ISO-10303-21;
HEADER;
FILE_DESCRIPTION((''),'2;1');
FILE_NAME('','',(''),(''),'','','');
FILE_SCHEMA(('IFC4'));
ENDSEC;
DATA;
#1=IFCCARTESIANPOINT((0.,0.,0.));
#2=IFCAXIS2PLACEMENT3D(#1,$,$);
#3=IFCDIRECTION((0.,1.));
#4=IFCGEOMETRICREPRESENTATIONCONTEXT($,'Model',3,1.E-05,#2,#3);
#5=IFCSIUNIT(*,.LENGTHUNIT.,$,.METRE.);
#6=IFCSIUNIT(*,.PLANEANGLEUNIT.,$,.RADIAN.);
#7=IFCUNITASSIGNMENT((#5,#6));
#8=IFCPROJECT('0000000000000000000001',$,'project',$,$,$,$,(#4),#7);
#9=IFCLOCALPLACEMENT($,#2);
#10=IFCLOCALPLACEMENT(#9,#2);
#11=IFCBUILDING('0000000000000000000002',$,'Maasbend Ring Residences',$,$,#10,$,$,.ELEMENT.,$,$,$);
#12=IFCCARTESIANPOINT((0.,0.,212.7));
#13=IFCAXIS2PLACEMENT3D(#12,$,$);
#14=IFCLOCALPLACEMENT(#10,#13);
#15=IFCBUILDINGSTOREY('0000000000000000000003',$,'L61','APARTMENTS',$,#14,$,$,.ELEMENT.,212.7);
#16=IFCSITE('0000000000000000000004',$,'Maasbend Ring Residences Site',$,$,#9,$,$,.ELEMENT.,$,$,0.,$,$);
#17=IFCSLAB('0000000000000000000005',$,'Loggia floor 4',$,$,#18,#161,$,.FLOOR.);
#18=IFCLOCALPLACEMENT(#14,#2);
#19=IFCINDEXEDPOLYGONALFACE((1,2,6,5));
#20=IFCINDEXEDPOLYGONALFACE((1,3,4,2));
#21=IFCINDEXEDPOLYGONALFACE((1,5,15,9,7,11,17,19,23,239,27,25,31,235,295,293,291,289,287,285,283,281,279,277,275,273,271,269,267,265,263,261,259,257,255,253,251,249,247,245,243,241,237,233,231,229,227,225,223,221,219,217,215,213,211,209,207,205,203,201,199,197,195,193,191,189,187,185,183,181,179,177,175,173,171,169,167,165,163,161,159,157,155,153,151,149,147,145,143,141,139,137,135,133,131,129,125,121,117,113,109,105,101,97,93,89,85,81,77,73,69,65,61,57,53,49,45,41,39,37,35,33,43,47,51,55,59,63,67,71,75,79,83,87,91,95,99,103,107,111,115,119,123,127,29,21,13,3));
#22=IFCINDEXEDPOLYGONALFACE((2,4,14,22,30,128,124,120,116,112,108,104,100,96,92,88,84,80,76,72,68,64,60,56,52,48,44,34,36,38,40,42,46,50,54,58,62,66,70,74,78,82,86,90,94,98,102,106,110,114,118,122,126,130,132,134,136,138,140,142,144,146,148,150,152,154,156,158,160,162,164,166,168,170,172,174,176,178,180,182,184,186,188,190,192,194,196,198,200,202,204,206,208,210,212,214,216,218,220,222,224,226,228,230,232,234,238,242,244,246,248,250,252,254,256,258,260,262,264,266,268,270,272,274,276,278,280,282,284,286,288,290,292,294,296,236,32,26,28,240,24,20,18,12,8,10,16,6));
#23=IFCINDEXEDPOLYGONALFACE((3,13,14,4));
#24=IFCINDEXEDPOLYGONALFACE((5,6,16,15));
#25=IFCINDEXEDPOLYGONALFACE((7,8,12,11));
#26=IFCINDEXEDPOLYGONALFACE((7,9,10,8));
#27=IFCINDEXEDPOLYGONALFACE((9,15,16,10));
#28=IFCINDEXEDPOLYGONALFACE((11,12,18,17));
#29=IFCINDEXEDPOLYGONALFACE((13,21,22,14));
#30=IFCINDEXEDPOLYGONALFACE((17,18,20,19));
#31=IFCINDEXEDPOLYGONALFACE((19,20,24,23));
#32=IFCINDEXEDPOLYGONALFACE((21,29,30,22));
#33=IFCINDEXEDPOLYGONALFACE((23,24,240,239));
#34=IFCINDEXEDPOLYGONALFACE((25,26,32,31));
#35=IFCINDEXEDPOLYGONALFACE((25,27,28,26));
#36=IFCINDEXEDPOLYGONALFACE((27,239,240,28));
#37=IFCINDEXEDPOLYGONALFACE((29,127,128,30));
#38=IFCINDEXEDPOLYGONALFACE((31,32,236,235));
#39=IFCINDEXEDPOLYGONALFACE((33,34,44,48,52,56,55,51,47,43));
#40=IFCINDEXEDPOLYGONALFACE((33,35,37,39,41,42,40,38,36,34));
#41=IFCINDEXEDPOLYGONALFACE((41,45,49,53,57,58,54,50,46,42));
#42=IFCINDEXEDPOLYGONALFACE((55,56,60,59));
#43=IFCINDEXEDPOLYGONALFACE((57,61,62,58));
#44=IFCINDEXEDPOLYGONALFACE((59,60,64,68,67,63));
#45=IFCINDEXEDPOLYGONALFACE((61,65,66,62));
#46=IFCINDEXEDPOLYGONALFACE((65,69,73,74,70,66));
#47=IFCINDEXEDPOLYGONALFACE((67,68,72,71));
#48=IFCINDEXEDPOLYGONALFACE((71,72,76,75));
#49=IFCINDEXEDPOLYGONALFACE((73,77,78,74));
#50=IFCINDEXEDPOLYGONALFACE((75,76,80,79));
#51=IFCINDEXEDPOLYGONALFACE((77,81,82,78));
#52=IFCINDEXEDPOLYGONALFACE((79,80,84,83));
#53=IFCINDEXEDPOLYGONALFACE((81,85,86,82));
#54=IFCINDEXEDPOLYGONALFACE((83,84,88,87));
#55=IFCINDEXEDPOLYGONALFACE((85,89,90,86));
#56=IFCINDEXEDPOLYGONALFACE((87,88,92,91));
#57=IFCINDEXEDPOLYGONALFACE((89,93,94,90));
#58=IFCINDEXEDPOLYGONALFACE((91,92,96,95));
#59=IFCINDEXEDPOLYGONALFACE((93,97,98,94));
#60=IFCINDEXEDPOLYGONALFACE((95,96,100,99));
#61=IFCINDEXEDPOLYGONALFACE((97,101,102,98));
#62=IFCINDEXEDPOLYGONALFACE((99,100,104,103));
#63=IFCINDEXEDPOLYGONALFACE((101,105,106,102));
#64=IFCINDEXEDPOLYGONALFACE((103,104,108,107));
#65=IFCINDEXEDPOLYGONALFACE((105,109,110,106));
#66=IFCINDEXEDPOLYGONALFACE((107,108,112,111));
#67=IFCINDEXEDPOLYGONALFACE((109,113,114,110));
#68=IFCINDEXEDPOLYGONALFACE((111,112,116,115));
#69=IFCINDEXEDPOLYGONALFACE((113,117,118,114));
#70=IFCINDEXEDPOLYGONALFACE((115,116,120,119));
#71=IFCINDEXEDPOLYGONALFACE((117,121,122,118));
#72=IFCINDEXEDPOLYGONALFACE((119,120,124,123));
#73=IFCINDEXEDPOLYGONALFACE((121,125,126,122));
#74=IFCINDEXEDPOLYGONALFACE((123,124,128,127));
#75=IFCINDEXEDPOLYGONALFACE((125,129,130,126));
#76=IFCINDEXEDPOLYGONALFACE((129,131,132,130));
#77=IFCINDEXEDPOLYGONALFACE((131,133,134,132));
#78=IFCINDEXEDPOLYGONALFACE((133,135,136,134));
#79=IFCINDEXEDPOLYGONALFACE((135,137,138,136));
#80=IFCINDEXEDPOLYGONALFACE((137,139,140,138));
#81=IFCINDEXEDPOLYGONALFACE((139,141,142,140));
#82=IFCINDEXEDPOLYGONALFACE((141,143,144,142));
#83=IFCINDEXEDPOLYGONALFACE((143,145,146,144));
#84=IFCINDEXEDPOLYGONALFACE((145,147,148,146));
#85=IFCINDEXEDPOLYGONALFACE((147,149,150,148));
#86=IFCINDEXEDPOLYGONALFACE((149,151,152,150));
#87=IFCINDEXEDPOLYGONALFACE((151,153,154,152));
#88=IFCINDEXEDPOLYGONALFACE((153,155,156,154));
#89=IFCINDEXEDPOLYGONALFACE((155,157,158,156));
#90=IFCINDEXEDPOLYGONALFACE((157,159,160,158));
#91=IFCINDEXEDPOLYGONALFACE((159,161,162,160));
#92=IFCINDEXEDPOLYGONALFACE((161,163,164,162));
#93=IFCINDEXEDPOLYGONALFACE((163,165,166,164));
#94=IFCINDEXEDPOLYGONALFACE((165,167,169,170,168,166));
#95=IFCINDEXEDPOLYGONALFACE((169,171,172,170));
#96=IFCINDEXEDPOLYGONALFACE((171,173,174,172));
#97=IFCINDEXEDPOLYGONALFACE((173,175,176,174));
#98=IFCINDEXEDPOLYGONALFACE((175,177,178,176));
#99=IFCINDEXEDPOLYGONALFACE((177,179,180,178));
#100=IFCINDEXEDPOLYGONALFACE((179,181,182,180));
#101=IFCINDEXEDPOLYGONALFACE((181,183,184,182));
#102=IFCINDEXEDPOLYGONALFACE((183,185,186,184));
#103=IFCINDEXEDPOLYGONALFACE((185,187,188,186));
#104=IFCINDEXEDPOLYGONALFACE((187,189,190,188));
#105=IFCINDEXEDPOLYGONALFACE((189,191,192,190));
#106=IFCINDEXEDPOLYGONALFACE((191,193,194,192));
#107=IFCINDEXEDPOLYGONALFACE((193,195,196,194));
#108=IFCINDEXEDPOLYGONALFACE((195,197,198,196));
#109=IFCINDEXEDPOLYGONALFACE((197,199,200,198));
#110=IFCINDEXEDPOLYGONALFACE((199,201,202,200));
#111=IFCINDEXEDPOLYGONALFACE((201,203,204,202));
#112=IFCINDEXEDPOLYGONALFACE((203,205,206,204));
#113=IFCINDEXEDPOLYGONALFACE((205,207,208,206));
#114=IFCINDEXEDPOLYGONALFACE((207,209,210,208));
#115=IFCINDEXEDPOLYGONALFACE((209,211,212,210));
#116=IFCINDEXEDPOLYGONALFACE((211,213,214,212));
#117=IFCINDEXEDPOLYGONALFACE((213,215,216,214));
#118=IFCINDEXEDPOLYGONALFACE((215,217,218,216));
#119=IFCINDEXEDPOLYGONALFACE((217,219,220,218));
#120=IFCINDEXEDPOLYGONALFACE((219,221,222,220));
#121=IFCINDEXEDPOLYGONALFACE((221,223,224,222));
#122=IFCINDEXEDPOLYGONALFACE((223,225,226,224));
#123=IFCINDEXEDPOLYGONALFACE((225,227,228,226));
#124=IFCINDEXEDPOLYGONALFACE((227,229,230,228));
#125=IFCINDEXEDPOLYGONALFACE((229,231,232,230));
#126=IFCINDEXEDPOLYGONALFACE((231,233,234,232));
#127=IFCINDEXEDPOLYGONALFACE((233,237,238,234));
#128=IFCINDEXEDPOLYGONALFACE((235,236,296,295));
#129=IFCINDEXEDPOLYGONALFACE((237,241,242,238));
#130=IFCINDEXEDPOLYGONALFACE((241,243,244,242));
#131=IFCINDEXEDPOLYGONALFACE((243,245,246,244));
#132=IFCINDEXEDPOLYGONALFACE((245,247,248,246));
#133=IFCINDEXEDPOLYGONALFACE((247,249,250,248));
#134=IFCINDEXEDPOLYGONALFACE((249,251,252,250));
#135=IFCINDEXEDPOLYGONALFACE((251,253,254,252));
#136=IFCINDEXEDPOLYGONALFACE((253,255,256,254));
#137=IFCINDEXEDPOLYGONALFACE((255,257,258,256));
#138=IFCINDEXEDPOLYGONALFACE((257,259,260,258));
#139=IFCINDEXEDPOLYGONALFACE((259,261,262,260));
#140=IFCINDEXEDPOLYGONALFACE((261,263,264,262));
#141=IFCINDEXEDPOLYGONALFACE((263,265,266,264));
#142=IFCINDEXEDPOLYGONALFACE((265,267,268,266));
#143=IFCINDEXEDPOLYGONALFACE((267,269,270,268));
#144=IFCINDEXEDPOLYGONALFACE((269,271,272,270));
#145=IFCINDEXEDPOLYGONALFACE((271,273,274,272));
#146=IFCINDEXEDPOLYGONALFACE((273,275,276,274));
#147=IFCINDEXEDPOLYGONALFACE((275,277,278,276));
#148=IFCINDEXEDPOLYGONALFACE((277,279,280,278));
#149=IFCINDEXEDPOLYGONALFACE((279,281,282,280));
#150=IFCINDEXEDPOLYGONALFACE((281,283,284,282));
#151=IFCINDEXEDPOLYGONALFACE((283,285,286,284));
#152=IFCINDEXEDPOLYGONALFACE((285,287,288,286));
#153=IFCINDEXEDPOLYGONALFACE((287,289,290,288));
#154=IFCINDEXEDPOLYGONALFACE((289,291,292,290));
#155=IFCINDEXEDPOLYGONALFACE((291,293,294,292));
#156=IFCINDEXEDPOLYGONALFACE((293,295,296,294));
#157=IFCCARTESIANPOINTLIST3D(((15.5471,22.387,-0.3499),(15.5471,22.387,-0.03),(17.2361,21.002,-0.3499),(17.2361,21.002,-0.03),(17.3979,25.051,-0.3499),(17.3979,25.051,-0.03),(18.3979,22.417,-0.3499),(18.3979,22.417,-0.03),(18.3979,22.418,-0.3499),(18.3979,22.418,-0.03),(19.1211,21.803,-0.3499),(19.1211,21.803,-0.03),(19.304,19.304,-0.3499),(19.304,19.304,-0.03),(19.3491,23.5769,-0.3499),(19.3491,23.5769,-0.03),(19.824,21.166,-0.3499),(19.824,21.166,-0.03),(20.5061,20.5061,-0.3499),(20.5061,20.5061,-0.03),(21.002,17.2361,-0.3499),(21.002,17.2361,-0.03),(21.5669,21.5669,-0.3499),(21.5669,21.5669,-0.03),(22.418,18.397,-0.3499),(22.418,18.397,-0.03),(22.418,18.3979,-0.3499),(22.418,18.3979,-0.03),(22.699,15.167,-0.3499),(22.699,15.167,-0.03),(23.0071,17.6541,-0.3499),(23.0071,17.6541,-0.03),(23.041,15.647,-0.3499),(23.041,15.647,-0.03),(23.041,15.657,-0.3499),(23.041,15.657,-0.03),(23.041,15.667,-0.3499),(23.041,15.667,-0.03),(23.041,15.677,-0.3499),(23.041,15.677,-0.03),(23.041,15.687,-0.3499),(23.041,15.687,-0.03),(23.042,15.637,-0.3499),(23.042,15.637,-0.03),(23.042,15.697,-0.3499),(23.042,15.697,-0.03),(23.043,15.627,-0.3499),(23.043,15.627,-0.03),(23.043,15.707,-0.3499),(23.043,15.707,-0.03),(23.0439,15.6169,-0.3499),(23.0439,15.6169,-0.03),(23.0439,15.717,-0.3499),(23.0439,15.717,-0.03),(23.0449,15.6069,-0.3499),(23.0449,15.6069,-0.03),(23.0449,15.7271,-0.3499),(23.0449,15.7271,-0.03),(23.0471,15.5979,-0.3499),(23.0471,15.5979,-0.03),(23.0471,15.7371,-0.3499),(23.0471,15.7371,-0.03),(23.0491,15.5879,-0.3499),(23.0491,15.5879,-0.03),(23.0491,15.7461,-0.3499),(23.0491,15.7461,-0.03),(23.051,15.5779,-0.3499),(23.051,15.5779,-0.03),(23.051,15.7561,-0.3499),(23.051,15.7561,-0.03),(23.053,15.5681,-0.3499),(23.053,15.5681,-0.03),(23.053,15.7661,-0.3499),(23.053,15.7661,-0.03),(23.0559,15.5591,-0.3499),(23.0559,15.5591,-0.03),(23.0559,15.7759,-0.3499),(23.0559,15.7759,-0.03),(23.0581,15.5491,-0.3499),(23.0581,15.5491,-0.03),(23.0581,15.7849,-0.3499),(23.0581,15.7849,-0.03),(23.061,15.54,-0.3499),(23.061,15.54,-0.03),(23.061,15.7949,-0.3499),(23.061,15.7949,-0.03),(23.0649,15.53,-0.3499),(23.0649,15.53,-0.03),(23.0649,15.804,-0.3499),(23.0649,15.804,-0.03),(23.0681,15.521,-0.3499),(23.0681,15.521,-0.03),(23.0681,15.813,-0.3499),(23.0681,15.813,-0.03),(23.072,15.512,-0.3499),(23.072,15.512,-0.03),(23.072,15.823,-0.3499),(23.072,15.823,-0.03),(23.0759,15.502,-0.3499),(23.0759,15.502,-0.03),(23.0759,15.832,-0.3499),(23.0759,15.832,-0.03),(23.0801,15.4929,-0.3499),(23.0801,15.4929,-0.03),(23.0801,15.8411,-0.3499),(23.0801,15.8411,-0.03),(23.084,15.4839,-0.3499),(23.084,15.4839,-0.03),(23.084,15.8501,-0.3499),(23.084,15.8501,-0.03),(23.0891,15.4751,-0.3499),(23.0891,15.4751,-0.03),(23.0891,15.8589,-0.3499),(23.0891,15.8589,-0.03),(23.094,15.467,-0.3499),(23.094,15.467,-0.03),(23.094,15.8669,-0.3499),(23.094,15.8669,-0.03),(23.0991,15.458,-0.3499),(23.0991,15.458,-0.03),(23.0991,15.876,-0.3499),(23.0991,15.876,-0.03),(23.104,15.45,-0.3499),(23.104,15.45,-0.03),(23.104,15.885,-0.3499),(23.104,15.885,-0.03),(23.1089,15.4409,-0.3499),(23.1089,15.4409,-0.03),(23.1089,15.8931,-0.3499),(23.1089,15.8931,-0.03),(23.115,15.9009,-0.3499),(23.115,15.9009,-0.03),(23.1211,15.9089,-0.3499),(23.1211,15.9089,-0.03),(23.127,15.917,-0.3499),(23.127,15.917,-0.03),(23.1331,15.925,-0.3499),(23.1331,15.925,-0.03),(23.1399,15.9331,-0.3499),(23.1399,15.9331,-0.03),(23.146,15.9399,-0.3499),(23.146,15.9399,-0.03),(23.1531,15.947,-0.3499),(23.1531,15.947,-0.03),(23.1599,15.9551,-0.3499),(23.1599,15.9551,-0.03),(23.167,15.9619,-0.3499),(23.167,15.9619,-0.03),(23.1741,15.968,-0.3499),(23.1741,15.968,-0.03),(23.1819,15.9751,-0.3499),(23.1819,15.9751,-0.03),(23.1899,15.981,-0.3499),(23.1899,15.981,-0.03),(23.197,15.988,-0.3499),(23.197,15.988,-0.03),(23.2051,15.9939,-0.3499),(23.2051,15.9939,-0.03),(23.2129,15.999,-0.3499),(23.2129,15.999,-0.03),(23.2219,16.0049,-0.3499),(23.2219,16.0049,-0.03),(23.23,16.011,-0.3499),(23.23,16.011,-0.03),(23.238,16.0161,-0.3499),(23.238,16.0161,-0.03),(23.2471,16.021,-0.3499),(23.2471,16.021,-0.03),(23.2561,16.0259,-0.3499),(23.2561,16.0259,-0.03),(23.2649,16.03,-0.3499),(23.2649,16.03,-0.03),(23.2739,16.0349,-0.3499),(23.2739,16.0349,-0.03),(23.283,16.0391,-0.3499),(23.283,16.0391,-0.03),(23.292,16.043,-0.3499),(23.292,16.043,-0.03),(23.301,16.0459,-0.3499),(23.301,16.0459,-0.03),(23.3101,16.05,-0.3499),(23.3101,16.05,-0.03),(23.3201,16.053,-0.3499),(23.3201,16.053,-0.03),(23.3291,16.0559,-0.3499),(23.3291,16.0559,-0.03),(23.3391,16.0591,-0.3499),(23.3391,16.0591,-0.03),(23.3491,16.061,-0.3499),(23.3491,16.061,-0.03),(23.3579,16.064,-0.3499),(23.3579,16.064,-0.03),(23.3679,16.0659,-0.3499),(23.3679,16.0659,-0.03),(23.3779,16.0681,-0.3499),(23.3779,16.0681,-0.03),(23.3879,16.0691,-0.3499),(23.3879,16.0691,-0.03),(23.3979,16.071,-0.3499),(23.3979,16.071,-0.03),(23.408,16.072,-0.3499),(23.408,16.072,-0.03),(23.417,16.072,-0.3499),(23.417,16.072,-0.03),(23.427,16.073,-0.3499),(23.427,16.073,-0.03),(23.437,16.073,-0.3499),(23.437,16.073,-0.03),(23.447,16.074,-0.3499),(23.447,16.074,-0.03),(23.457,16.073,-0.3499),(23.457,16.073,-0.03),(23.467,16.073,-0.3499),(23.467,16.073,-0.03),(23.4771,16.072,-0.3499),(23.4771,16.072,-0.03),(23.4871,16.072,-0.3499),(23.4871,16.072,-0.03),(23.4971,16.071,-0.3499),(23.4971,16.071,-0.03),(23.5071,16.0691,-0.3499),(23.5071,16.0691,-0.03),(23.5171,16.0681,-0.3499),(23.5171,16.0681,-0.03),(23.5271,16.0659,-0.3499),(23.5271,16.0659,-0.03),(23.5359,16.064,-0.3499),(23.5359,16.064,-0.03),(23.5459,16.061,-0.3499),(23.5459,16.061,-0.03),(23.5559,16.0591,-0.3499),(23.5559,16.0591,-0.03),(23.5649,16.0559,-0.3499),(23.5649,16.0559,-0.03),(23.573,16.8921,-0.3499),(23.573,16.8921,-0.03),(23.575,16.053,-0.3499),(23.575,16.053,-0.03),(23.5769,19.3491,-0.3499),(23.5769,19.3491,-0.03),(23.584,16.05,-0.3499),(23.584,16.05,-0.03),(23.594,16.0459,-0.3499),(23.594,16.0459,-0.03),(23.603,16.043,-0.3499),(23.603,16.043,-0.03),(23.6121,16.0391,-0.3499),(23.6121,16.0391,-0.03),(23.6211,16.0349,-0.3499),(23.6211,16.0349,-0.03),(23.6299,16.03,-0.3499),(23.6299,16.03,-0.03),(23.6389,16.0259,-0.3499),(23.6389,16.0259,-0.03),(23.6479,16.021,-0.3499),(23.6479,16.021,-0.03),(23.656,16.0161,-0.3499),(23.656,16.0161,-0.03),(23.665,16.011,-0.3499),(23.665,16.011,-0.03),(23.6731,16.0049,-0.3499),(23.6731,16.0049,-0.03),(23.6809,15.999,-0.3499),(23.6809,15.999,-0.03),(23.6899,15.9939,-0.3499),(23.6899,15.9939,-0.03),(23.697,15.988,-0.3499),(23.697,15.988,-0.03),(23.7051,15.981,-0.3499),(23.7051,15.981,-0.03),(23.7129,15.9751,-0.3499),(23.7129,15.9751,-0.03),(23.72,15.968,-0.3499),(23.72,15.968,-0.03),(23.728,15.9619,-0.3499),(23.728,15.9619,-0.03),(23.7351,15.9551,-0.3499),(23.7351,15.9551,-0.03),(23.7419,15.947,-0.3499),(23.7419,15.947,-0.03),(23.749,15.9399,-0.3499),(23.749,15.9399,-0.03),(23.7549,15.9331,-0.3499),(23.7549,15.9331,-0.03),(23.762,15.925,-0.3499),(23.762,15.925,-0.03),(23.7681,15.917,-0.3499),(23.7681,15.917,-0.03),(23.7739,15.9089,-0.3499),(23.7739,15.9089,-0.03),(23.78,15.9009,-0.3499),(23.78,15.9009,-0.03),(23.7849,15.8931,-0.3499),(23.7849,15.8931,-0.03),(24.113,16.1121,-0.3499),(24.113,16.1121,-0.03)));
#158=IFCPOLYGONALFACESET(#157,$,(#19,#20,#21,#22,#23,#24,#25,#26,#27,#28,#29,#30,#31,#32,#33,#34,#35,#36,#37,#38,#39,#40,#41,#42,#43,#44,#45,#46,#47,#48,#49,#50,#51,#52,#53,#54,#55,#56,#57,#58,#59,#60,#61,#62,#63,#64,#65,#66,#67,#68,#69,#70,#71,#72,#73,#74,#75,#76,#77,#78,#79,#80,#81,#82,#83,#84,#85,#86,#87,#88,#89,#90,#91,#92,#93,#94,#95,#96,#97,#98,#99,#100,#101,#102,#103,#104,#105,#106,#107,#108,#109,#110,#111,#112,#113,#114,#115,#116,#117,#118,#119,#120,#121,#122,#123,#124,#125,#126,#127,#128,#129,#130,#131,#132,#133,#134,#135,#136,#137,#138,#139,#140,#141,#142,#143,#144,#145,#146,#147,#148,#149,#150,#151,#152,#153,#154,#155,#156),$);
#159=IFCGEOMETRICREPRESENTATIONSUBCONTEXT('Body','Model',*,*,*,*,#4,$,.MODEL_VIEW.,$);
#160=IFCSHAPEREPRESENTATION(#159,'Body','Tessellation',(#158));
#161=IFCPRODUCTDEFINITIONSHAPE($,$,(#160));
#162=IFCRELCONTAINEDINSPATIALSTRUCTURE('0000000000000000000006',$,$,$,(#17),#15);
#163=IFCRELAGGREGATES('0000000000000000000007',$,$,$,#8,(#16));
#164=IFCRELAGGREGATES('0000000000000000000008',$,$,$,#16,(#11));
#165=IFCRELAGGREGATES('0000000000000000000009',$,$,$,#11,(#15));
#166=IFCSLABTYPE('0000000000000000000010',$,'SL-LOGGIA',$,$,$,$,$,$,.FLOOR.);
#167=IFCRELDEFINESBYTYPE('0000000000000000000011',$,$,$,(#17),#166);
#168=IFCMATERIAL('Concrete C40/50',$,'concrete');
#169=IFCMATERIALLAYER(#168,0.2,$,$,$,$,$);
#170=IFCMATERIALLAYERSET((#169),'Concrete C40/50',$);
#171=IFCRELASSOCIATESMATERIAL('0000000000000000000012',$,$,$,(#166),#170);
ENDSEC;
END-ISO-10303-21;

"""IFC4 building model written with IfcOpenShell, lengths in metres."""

from ifc_helpers import new_model, si_unit, direction, frame, origin, place, context, subcontext, project, spatial, polyline, outline, extrude, material, layer, layer_set, type_object, element, save


model = new_model("IFC4")

# Units and contexts
model_context = context("Model", 3, precision=1e-05, world=origin(), true_north=direction((0.0, 1.0)))
body_context = subcontext(model_context, "Body", "Model", "MODEL_VIEW")
ifc_project = project(units=[si_unit("LENGTHUNIT", "METRE"), si_unit("PLANEANGLEUNIT", "RADIAN")], contexts=[model_context])

# Site, building, storey
site_placement = place(None, origin())
site = spatial("IfcSite", under=ifc_project, at=site_placement, Name="Maasbend Ring Residences Site", CompositionType="ELEMENT", RefElevation=0.0)
building_placement = place(site_placement, origin())
building = spatial("IfcBuilding", under=site, at=building_placement, Name="Maasbend Ring Residences", CompositionType="ELEMENT")
storey_placement = place(building_placement, frame((0.0, 0.0, 212.7)))
storey = spatial("IfcBuildingStorey", under=building, at=storey_placement, Name="L61", Description="APARTMENTS", CompositionType="ELEMENT", Elevation=212.7)

# Slab
ifc_material_1 = material(Name="Concrete C40/50", Category="concrete")
ifc_layer_1 = layer(ifc_material_1, 0.2)
ifc_layer_set_1 = layer_set([ifc_layer_1], Name="Concrete C40/50")
slab_type_1 = type_object("IfcSlabType", Name="SL-LOGGIA", PredefinedType="FLOOR", material=ifc_layer_set_1)
slab_1_placement = place(storey_placement, frame((0.0, 0.0, -0.3499)))
element("IfcSlab", 1, at=slab_1_placement, inside=storey, type_object=slab_type_1, Name="Loggia floor 4", PredefinedType="FLOOR", context=body_context, shape_type="SweptSolid", body=[
    extrude(outline(polyline([(19.3491, 23.5769), (19.3491, 23.5769), (19.3491, 23.5769), (18.3979, 22.418), (18.3979, 22.418), (18.3979, 22.418), (18.3979, 22.418), (18.3979, 22.418), (18.3979, 22.417), (18.3979, 22.417), (18.3979, 22.417), (18.3979, 22.417), (18.3979, 22.417), (18.3979, 22.417), (18.3979, 22.417), (18.3979, 22.417), (18.3979, 22.417), (18.3979, 22.417), (18.3979, 22.417), (18.3979, 22.417), (19.1211, 21.803), (19.1211, 21.803), (19.824, 21.166), (19.824, 21.166), (20.5061, 20.5061), (20.5061, 20.5061), (20.5061, 20.5061), (20.5061, 20.5061), (20.5061, 20.5061), (20.5061, 20.5061), (20.5061, 20.5061), (20.5061, 20.5061), (20.5061, 20.5061), (20.5061, 20.5061), (20.5061, 20.5061), (20.5061, 20.5061), (20.5061, 20.5061), (20.5061, 20.5061), (20.5061, 20.5061), (20.5061, 20.5061), (20.5061, 20.5061), (21.5669, 21.5669), (21.5669, 21.5669), (21.5669, 21.5669), (23.5769, 19.3491), (23.5769, 19.3491), (23.5769, 19.3491), (22.418, 18.3979), (22.418, 18.3979), (22.418, 18.3979), (22.418, 18.3979), (22.418, 18.3979), (22.418, 18.3979), (22.418, 18.397), (22.418, 18.397), (22.418, 18.397), (22.418, 18.397), (22.418, 18.397), (22.418, 18.397), (22.418, 18.397), (22.418, 18.397), (22.418, 18.397), (22.418, 18.397), (22.418, 18.397), (23.0071, 17.6541), (23.0071, 17.6541), (23.573, 16.8921), (23.573, 16.8921), (24.113, 16.1121), (24.113, 16.1121), (24.113, 16.1121), (23.7849, 15.8931), (23.7849, 15.8931), (23.78, 15.9009), (23.7739, 15.9089), (23.7681, 15.917), (23.762, 15.925), (23.7549, 15.9331), (23.749, 15.9399), (23.7419, 15.947), (23.7351, 15.9551), (23.728, 15.9619), (23.72, 15.968), (23.7129, 15.9751), (23.7051, 15.981), (23.697, 15.988), (23.6899, 15.9939), (23.6809, 15.999), (23.6731, 16.0049), (23.665, 16.011), (23.656, 16.0161), (23.6479, 16.021), (23.6389, 16.0259), (23.6299, 16.03), (23.6211, 16.0349), (23.6121, 16.0391), (23.603, 16.043), (23.594, 16.0459), (23.584, 16.05), (23.575, 16.053), (23.5649, 16.0559), (23.5559, 16.0591), (23.5459, 16.061), (23.5359, 16.064), (23.5271, 16.0659), (23.5171, 16.0681), (23.5071, 16.0691), (23.4971, 16.071), (23.4871, 16.072), (23.4771, 16.072), (23.467, 16.073), (23.457, 16.073), (23.447, 16.074), (23.437, 16.073), (23.427, 16.073), (23.417, 16.072), (23.408, 16.072), (23.3979, 16.071), (23.3879, 16.0691), (23.3779, 16.0681), (23.3679, 16.0659), (23.3579, 16.064), (23.3491, 16.061), (23.3391, 16.0591), (23.3291, 16.0559), (23.3201, 16.053), (23.3101, 16.05), (23.301, 16.0459), (23.292, 16.043), (23.283, 16.0391), (23.2739, 16.0349), (23.2649, 16.03), (23.2561, 16.0259), (23.2471, 16.021), (23.238, 16.0161), (23.23, 16.011), (23.2219, 16.0049), (23.2129, 15.999), (23.2051, 15.9939), (23.197, 15.988), (23.1899, 15.981), (23.1819, 15.9751), (23.1741, 15.968), (23.167, 15.9619), (23.1599, 15.9551), (23.1531, 15.947), (23.146, 15.9399), (23.1399, 15.9331), (23.1331, 15.925), (23.127, 15.917), (23.1211, 15.9089), (23.115, 15.9009), (23.1089, 15.8931), (23.104, 15.885), (23.0991, 15.876), (23.094, 15.8669), (23.0891, 15.8589), (23.084, 15.8501), (23.0801, 15.8411), (23.0759, 15.832), (23.072, 15.823), (23.0681, 15.813), (23.0649, 15.804), (23.061, 15.7949), (23.0581, 15.7849), (23.0559, 15.7759), (23.053, 15.7661), (23.051, 15.7561), (23.0491, 15.7461), (23.0471, 15.7371), (23.0449, 15.7271), (23.0439, 15.717), (23.043, 15.707), (23.042, 15.697), (23.041, 15.687), (23.041, 15.677), (23.041, 15.667), (23.041, 15.657), (23.041, 15.647), (23.042, 15.637), (23.043, 15.627), (23.0439, 15.6169), (23.0449, 15.6069), (23.0471, 15.5979), (23.0491, 15.5879), (23.051, 15.5779), (23.053, 15.5681), (23.0559, 15.5591), (23.0581, 15.5491), (23.061, 15.54), (23.0649, 15.53), (23.0681, 15.521), (23.072, 15.512), (23.0759, 15.502), (23.0801, 15.4929), (23.084, 15.4839), (23.0891, 15.4751), (23.094, 15.467), (23.0991, 15.458), (23.104, 15.45), (23.1089, 15.4409), (23.1089, 15.4409), (22.699, 15.167), (22.699, 15.167), (22.699, 15.167), (21.002, 17.2361), (19.304, 19.304), (19.304, 19.304), (19.304, 19.304), (17.2361, 21.002), (15.5471, 22.387), (15.5471, 22.387), (15.5471, 22.387), (17.3979, 25.051), (17.3979, 25.051), (17.3979, 25.051), (19.3491, 23.5769)])), origin(), (0.0, 0.0, 1.0), 0.3198),
])

save(model, "model.ifc")
